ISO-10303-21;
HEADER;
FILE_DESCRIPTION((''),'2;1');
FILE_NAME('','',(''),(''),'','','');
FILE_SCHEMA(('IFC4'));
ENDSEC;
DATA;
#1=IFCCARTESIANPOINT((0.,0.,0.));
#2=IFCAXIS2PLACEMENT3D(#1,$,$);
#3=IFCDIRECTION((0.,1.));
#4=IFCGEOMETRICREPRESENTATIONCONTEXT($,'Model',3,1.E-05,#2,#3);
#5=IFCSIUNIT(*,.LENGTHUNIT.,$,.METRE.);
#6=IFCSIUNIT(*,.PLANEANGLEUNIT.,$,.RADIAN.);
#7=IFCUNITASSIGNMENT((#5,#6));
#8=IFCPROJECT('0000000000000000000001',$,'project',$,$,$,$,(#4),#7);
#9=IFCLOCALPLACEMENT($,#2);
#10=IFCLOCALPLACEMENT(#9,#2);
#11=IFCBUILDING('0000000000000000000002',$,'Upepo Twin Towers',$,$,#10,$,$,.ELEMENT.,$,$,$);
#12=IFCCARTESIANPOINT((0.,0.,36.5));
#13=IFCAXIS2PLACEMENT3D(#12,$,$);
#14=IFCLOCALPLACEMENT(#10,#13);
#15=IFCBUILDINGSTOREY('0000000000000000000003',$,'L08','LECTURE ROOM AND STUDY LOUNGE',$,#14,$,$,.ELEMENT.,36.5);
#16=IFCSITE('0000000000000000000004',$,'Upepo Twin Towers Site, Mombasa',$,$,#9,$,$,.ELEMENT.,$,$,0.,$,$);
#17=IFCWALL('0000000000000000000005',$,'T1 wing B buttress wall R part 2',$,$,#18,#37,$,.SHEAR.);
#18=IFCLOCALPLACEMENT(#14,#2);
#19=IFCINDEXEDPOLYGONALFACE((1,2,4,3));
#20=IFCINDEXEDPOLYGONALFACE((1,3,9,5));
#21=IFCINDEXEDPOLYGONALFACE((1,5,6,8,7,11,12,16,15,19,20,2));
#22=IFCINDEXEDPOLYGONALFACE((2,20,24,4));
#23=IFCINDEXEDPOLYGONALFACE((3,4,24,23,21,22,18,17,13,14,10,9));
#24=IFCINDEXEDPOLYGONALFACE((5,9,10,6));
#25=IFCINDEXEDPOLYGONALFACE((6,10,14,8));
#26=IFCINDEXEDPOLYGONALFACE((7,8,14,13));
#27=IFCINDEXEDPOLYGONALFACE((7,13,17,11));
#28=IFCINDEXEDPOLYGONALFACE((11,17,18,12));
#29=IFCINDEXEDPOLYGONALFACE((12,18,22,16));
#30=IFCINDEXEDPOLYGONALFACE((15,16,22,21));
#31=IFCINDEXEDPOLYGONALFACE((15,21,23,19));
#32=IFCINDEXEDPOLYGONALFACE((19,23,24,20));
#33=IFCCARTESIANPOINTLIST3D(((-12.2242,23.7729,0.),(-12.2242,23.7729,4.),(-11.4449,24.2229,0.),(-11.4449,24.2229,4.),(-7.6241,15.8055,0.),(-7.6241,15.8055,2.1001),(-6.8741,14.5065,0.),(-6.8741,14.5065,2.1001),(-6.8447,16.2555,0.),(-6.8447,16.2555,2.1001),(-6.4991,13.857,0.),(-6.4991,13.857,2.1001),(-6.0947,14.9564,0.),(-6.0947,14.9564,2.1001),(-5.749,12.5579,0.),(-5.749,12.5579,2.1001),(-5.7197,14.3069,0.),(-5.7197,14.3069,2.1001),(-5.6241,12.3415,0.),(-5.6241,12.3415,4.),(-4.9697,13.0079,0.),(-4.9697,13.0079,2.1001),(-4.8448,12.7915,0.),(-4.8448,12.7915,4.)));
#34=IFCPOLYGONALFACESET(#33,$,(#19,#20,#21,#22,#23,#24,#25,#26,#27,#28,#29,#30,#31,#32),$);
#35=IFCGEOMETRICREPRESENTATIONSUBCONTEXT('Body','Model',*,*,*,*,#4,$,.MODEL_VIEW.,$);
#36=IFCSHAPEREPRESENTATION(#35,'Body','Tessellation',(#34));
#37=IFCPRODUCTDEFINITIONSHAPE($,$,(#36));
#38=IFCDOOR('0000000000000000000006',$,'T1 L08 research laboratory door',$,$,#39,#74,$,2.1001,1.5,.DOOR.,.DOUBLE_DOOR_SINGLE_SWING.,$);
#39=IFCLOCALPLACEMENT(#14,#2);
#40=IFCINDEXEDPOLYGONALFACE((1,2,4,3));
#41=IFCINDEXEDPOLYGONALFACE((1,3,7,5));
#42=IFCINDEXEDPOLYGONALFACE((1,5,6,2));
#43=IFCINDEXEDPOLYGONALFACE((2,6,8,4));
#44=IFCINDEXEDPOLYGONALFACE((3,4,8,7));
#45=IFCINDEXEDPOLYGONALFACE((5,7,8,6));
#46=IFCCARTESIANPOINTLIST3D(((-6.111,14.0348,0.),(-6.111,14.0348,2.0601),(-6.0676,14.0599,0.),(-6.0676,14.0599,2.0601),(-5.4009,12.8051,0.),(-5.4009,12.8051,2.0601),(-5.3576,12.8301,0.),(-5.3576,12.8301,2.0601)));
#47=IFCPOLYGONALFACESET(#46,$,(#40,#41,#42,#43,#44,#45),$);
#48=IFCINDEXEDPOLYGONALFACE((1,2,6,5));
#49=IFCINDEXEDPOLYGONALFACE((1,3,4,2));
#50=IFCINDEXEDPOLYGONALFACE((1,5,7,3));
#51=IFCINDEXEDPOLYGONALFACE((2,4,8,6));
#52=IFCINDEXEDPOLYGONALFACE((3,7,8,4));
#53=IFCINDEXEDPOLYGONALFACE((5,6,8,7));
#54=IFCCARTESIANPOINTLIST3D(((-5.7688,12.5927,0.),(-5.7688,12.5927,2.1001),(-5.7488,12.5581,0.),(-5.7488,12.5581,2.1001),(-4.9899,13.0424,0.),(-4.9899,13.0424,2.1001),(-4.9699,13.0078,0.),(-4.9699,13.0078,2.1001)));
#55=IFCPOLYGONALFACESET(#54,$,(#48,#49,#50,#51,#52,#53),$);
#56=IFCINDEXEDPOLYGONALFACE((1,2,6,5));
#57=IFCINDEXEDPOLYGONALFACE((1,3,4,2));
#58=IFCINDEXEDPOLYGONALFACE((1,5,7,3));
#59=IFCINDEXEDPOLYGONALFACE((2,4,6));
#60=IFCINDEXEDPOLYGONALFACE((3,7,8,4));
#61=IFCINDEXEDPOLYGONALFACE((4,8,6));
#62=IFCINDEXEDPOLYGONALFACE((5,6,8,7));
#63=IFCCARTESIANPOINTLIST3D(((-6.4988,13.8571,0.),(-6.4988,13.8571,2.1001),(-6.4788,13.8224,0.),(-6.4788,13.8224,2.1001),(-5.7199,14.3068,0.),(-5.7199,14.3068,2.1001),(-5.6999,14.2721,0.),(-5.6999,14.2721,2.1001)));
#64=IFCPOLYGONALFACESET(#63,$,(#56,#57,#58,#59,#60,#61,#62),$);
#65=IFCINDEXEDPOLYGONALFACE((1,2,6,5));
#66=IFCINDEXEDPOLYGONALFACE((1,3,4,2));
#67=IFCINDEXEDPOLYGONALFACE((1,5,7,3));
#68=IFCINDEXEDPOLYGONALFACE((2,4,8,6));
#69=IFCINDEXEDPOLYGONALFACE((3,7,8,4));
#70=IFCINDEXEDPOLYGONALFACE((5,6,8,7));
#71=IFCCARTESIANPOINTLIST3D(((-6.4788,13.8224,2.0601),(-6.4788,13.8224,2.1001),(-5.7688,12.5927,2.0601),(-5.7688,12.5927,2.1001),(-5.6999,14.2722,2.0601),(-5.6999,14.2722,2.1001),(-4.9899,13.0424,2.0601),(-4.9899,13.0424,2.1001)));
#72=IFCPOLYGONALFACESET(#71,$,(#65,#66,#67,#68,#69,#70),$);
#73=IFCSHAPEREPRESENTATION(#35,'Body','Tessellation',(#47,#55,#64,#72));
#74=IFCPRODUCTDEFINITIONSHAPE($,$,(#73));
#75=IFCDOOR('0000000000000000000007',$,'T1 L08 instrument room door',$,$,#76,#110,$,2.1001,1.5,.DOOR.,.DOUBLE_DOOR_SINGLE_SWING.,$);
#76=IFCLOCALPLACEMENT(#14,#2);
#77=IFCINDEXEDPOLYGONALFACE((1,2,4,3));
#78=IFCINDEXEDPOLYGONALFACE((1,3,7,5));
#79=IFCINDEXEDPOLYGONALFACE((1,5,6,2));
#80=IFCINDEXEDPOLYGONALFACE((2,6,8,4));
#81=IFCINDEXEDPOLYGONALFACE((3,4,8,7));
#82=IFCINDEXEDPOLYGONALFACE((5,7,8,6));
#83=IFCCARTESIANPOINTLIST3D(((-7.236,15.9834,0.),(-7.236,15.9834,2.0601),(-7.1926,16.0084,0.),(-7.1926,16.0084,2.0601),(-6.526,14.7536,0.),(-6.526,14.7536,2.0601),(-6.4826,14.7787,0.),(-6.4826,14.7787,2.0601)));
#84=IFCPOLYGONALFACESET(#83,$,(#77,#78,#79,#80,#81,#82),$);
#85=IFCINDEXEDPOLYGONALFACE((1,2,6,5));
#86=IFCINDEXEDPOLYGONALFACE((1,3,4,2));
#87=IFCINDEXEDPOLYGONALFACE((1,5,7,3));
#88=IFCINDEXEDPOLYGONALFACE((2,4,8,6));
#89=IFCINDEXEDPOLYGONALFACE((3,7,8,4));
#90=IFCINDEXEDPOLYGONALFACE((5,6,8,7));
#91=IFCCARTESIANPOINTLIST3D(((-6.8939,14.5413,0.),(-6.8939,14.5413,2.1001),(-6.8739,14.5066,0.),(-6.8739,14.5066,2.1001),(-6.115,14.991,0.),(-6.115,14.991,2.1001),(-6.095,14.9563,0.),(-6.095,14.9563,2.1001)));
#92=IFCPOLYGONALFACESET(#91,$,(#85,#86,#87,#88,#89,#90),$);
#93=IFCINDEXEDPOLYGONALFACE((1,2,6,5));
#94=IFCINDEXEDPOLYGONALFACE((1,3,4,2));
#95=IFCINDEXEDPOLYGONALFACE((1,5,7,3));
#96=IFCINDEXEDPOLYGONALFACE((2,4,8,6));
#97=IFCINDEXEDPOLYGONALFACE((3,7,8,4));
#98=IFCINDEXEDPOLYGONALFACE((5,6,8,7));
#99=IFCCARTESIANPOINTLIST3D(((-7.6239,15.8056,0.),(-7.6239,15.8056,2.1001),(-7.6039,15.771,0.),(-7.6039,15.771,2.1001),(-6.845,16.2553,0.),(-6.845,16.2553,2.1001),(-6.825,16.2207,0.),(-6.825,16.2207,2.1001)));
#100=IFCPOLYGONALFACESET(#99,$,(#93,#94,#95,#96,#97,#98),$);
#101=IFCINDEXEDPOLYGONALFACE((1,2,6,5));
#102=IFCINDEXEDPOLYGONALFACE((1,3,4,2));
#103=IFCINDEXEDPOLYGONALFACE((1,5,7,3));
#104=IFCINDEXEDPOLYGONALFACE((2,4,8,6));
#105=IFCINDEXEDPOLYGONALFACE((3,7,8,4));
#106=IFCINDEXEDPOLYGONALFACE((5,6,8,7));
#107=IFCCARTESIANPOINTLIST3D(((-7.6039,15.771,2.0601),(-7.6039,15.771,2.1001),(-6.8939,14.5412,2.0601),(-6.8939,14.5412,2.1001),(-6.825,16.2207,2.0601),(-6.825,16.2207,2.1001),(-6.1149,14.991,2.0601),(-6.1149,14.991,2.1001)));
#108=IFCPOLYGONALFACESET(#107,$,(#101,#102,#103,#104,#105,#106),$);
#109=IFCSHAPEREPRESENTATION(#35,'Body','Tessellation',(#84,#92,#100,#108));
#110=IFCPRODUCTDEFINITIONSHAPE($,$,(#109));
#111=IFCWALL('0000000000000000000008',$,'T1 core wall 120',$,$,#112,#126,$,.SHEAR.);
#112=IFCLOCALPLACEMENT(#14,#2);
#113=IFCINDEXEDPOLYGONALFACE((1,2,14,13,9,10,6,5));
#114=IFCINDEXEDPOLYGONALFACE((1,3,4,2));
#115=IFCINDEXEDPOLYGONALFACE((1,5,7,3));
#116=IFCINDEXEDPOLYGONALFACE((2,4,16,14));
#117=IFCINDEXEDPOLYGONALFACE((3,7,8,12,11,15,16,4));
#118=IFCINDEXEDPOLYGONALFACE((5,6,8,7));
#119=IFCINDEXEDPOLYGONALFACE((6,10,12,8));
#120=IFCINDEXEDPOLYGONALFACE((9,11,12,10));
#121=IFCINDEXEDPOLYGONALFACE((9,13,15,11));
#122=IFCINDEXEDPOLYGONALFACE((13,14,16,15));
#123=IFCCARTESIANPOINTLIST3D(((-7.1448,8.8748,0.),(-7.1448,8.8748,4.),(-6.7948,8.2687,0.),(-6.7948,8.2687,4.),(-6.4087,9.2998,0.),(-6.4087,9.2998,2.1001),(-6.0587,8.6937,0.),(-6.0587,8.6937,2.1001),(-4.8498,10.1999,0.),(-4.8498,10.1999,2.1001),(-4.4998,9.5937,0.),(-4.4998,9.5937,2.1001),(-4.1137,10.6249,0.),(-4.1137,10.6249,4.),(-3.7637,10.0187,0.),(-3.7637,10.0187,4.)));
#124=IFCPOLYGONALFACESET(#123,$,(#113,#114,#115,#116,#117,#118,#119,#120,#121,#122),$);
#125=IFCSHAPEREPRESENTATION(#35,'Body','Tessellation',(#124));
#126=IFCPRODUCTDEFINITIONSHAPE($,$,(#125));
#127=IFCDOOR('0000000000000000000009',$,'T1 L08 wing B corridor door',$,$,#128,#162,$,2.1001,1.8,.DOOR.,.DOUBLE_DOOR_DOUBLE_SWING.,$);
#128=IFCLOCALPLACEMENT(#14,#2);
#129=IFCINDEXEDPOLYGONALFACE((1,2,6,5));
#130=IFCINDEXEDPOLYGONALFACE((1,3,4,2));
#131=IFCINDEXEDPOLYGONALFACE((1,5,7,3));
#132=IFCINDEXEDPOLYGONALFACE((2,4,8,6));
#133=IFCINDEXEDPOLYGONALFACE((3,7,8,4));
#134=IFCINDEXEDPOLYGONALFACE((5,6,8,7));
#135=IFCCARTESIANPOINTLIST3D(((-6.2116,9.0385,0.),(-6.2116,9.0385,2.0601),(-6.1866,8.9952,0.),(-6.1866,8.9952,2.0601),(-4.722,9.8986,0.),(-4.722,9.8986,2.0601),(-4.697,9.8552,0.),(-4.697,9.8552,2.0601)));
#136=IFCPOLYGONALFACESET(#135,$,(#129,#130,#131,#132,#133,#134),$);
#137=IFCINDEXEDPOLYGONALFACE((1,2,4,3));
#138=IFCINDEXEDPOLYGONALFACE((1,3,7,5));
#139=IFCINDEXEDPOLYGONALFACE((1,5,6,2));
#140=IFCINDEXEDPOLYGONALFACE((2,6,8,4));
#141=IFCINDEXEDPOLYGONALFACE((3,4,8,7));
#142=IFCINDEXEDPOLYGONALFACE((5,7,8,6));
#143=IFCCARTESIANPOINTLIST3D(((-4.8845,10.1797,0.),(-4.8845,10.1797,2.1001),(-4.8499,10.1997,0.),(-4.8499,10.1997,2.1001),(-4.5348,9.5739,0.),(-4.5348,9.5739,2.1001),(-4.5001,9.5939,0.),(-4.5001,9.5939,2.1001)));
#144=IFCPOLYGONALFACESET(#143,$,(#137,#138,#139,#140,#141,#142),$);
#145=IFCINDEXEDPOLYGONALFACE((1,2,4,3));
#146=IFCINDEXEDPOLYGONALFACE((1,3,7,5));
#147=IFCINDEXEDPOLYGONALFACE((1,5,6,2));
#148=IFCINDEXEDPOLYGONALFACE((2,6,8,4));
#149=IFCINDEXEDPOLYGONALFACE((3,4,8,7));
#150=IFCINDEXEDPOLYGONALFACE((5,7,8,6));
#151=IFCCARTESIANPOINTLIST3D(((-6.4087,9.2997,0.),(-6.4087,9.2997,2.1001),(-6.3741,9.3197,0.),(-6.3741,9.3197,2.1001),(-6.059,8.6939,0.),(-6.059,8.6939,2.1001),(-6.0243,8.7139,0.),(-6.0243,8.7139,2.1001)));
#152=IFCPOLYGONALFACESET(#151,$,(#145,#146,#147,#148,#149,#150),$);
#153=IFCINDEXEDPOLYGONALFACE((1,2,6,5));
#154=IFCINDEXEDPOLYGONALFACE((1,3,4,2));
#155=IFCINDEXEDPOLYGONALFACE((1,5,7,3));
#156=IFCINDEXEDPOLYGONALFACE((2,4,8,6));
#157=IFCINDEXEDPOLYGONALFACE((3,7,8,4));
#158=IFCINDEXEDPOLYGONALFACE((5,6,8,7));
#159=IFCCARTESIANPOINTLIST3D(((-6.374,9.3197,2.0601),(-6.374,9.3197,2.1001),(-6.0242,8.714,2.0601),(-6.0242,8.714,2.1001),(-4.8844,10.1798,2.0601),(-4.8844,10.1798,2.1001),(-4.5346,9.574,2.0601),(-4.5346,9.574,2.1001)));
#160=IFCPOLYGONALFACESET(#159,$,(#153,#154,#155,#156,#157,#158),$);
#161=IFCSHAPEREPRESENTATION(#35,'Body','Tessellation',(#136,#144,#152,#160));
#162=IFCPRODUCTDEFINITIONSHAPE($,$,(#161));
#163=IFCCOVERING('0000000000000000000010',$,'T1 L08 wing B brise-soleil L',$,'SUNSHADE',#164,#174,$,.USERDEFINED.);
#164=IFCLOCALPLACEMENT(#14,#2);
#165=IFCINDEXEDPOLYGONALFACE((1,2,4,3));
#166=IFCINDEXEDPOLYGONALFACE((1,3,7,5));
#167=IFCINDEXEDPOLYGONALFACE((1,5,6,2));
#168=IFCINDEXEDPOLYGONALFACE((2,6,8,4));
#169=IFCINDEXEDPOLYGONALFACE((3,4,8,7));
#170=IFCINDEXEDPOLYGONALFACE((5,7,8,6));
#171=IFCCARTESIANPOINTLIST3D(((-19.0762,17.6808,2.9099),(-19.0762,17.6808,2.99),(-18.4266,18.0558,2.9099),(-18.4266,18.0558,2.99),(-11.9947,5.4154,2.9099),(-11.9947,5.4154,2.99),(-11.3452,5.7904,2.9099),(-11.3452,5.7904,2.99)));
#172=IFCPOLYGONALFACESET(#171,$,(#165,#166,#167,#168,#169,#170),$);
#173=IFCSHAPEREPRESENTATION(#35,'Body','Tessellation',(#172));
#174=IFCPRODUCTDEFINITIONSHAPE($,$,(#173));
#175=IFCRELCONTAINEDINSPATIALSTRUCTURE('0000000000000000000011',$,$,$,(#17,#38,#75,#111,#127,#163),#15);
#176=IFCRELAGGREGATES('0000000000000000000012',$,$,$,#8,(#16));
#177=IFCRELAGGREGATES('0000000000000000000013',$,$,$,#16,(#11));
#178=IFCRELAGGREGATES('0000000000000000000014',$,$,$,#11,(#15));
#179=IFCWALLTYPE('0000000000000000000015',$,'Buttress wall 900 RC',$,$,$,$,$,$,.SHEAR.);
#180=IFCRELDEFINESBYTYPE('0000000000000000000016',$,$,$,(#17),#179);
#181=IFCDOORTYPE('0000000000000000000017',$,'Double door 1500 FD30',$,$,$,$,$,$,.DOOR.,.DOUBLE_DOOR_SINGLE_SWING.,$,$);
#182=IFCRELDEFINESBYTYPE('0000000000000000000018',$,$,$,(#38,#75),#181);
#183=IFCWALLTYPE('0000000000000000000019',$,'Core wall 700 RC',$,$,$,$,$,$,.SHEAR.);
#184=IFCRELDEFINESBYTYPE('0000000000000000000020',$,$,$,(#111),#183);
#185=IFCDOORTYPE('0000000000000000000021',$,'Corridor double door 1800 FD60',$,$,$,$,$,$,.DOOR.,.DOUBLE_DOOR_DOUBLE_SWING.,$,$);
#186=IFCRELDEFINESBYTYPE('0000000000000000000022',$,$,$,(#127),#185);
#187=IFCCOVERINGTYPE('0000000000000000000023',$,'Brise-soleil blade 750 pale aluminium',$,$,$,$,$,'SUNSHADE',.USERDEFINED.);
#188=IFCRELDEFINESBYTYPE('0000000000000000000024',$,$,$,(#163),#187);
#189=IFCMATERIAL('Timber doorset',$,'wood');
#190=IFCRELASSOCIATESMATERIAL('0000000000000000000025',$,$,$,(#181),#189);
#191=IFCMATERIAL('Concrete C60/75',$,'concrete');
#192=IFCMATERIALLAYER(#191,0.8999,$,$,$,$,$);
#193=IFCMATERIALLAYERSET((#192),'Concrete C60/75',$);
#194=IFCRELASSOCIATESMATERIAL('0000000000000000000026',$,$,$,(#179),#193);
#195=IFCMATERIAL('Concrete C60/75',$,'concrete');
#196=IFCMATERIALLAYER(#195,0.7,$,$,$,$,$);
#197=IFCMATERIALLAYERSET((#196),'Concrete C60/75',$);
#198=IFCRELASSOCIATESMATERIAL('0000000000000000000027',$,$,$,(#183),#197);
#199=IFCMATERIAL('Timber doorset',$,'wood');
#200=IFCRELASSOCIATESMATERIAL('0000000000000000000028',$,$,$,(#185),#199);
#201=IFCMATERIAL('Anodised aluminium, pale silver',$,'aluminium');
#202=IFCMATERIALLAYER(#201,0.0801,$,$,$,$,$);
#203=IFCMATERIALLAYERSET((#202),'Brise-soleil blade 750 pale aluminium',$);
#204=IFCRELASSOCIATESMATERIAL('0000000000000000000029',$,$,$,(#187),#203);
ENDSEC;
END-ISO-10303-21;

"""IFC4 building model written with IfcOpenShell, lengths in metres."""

from ifc_helpers import new_model, si_unit, direction, frame, frame_2d, origin, origin_2d, place, context, subcontext, project, spatial, rectangle, extrude, material, layer, layer_set, type_object, element, fill, save


model = new_model("IFC4")

# Units and contexts
model_context = context("Model", 3, precision=1e-05, world=origin(), true_north=direction((0.0, 1.0)))
body_context = subcontext(model_context, "Body", "Model", "MODEL_VIEW")
ifc_project = project(units=[si_unit("LENGTHUNIT", "METRE"), si_unit("PLANEANGLEUNIT", "RADIAN")], contexts=[model_context])

# Site, building, storey
site_placement = place(None, origin())
site = spatial("IfcSite", under=ifc_project, at=site_placement, Name="Upepo Twin Towers Site, Mombasa", CompositionType="ELEMENT", RefElevation=0.0)
building_placement = place(site_placement, origin())
building = spatial("IfcBuilding", under=site, at=building_placement, Name="Upepo Twin Towers", CompositionType="ELEMENT")
storey_placement = place(building_placement, frame((0.0, 0.0, 36.5)))
storey = spatial("IfcBuildingStorey", under=building, at=storey_placement, Name="L08", Description="LECTURE ROOM AND STUDY LOUNGE", CompositionType="ELEMENT", Elevation=36.5)

# Shared definitions
ifc_material_1 = material(Name="Timber doorset", Category="wood")
door_type_1 = type_object("IfcDoorType", Name="Double door 1500 FD30", OperationType="DOUBLE_DOOR_SINGLE_SWING", PredefinedType="DOOR", material=ifc_material_1)

# Wall, openings, doors
ifc_material_2 = material(Name="Concrete C60/75", Category="concrete")
ifc_layer_1 = layer(ifc_material_2, 0.8999)
ifc_layer_set_1 = layer_set([ifc_layer_1], Name="Concrete C60/75")
wall_type_1 = type_object("IfcWallType", Name="Buttress wall 900 RC", PredefinedType="SHEAR", material=ifc_layer_set_1)
wall_1_placement = place(storey_placement, frame((-5.2344, 12.5664, 0.0), z_axis=(0.0, 0.0, 1.0), x_axis=(-0.50001, 0.86602, 0.0)))
wall_1 = element("IfcWall", 1, at=wall_1_placement, inside=storey, type_object=wall_type_1, Name="T1 wing B buttress wall R part 2", PredefinedType="SHEAR", context=body_context, shape_type="SweptSolid", body=[
    extrude(rectangle(XDim=13.2, YDim=0.8999, at=frame_2d((6.6001, 0.0))), origin(), (0.0, 0.0, 1.0), 4.0),
])
opening_1_placement = place(wall_1_placement, frame((0.25, 0.0, 0.0)))
opening_1 = element("IfcOpeningElement", 2, at=opening_1_placement, cuts=wall_1, PredefinedType="OPENING", context=body_context, shape_type="SweptSolid", body=[
    extrude(rectangle(XDim=1.5, YDim=2.1001, at=frame_2d((0.75, 1.05))), frame((0.0, 0.46, 0.0), z_axis=(0.0, -1.0, 0.0), x_axis=(1.0, 0.0, 0.0)), (0.0, 0.0, 1.0), 0.9199),
])
opening_2_placement = place(wall_1_placement, frame((2.5, 0.0, 0.0)))
opening_2 = element("IfcOpeningElement", 3, at=opening_2_placement, cuts=wall_1, PredefinedType="OPENING", context=body_context, shape_type="SweptSolid", body=[
    extrude(rectangle(XDim=1.5, YDim=2.1001, at=frame_2d((0.75, 1.05))), frame((0.0, 0.46, 0.0), z_axis=(0.0, -1.0, 0.0), x_axis=(1.0, 0.0, 0.0)), (0.0, 0.0, 1.0), 0.9199),
])
door_1_placement = place(opening_1_placement, origin())
door_1 = element("IfcDoor", 4, at=door_1_placement, inside=storey, type_object=door_type_1, Name="T1 L08 research laboratory door", OperationType="DOUBLE_DOOR_SINGLE_SWING", OverallHeight=2.1001, OverallWidth=1.5, PredefinedType="DOOR", context=body_context, shape_type="SweptSolid", body=[
    extrude(rectangle(XDim=1.42, YDim=2.0601, at=frame_2d((0.75, 1.03))), frame((0.0, 0.0249, 0.0), z_axis=(0.0, -1.0, 0.0), x_axis=(1.0, 0.0, 0.0)), (0.0, 0.0, 1.0), 0.05),
    extrude(rectangle(XDim=0.04, YDim=2.1001, at=frame_2d((0.02, 1.05))), frame((0.0, 0.4497, 0.0), z_axis=(0.0, -1.0, 0.0), x_axis=(1.0, 0.0, 0.0)), (0.0, 0.0, 1.0), 0.8994),
    extrude(rectangle(XDim=0.04, YDim=2.1001, at=frame_2d((1.48, 1.05))), frame((0.0, 0.4497, 0.0), z_axis=(0.0, -1.0, 0.0), x_axis=(1.0, 0.0, 0.0)), (0.0, 0.0, 1.0), 0.8994),
    extrude(rectangle(XDim=1.42, YDim=0.04, at=frame_2d((0.75, 2.0801))), frame((0.0, 0.4497, 0.0), z_axis=(0.0, -1.0, 0.0), x_axis=(1.0, 0.0, 0.0)), (0.0, 0.0, 1.0), 0.8994),
])
fill(opening_1, door_1)
door_2_placement = place(opening_2_placement, origin())
door_2 = element("IfcDoor", 5, at=door_2_placement, inside=storey, type_object=door_type_1, Name="T1 L08 instrument room door", OperationType="DOUBLE_DOOR_SINGLE_SWING", OverallHeight=2.1001, OverallWidth=1.5, PredefinedType="DOOR", context=body_context, shape_type="SweptSolid", body=[
    extrude(rectangle(XDim=1.42, YDim=2.0601, at=frame_2d((0.75, 1.03))), frame((0.0, 0.0249, 0.0), z_axis=(0.0, -1.0, 0.0), x_axis=(1.0, 0.0, 0.0)), (0.0, 0.0, 1.0), 0.05),
    extrude(rectangle(XDim=0.04, YDim=2.1001, at=frame_2d((0.02, 1.05))), frame((0.0, 0.4497, 0.0), z_axis=(0.0, -1.0, 0.0), x_axis=(1.0, 0.0, 0.0)), (0.0, 0.0, 1.0), 0.8994),
    extrude(rectangle(XDim=0.04, YDim=2.1001, at=frame_2d((1.48, 1.05))), frame((0.0, 0.4497, 0.0), z_axis=(0.0, -1.0, 0.0), x_axis=(1.0, 0.0, 0.0)), (0.0, 0.0, 1.0), 0.8994),
    extrude(rectangle(XDim=1.42, YDim=0.04, at=frame_2d((0.75, 2.0801))), frame((0.0, 0.4497, 0.0), z_axis=(0.0, -1.0, 0.0), x_axis=(1.0, 0.0, 0.0)), (0.0, 0.0, 1.0), 0.8994),
])
fill(opening_2, door_2)

# Wall, opening, door
ifc_material_3 = material(Name="Concrete C60/75", Category="concrete")
ifc_layer_2 = layer(ifc_material_3, 0.7)
ifc_layer_set_2 = layer_set([ifc_layer_2], Name="Concrete C60/75")
wall_type_2 = type_object("IfcWallType", Name="Core wall 700 RC", PredefinedType="SHEAR", material=ifc_layer_set_2)
wall_2_placement = place(storey_placement, frame((-3.9387, 10.3218, 0.0), z_axis=(0.0, 0.0, 1.0), x_axis=(-0.866019, -0.50001, 0.0)))
wall_2 = element("IfcWall", 6, at=wall_2_placement, inside=storey, type_object=wall_type_2, Name="T1 core wall 120", PredefinedType="SHEAR", context=body_context, shape_type="SweptSolid", body=[
    extrude(rectangle(XDim=3.5, YDim=0.7, at=frame_2d((1.75, 0.0))), origin(), (0.0, 0.0, 1.0), 4.0),
])
opening_3_placement = place(wall_2_placement, frame((0.8501, 0.0, 0.0)))
opening_3 = element("IfcOpeningElement", 7, at=opening_3_placement, cuts=wall_2, PredefinedType="OPENING", context=body_context, shape_type="SweptSolid", body=[
    extrude(rectangle(XDim=1.8, YDim=2.1001, at=frame_2d((0.8999, 1.05))), frame((0.0, 0.3599, 0.0), z_axis=(0.0, -1.0, 0.0), x_axis=(1.0, 0.0, 0.0)), (0.0, 0.0, 1.0), 0.72),
])
ifc_material_4 = material(Name="Timber doorset", Category="wood")
door_type_2 = type_object("IfcDoorType", Name="Corridor double door 1800 FD60", OperationType="DOUBLE_DOOR_DOUBLE_SWING", PredefinedType="DOOR", material=ifc_material_4)
door_3_placement = place(opening_3_placement, origin())
door_3 = element("IfcDoor", 8, at=door_3_placement, inside=storey, type_object=door_type_2, Name="T1 L08 wing B corridor door", OperationType="DOUBLE_DOOR_DOUBLE_SWING", OverallHeight=2.1001, OverallWidth=1.8, PredefinedType="DOOR", context=body_context, shape_type="SweptSolid", body=[
    extrude(rectangle(XDim=1.72, YDim=2.0601, at=frame_2d((0.8999, 1.03))), frame((0.0, 0.0249, 0.0), z_axis=(0.0, -1.0, 0.0), x_axis=(1.0, 0.0, 0.0)), (0.0, 0.0, 1.0), 0.05),
    extrude(rectangle(XDim=0.04, YDim=2.1001, at=frame_2d((0.02, 1.05))), frame((0.0, 0.3496, 0.0), z_axis=(0.0, -1.0, 0.0), x_axis=(1.0, 0.0, 0.0)), (0.0, 0.0, 1.0), 0.6995),
    extrude(rectangle(XDim=0.04, YDim=2.1001, at=frame_2d((1.78, 1.05))), frame((0.0, 0.3496, 0.0), z_axis=(0.0, -1.0, 0.0), x_axis=(1.0, 0.0, 0.0)), (0.0, 0.0, 1.0), 0.6995),
    extrude(rectangle(XDim=1.72, YDim=0.04, at=frame_2d((0.8999, 2.0801))), frame((0.0, 0.3496, 0.0), z_axis=(0.0, -1.0, 0.0), x_axis=(1.0, 0.0, 0.0)), (0.0, 0.0, 1.0), 0.6995),
])
fill(opening_3, door_3)

# Covering
ifc_material_5 = material(Name="Anodised aluminium, pale silver", Category="aluminium")
ifc_layer_3 = layer(ifc_material_5, 0.0801)
ifc_layer_set_3 = layer_set([ifc_layer_3], Name="Brise-soleil blade 750 pale aluminium")
covering_type = type_object("IfcCoveringType", Name="Brise-soleil blade 750 pale aluminium", ElementType="SUNSHADE", PredefinedType="USERDEFINED", material=ifc_layer_set_3)
covering_placement = place(storey_placement, frame((-15.2107, 11.7356, 2.9099), z_axis=(0.0, 0.0, 1.0), x_axis=(-0.5, 0.866025, 0.0)))
element("IfcCovering", 9, at=covering_placement, inside=storey, type_object=covering_type, Name="T1 L08 wing B brise-soleil L", ObjectType="SUNSHADE", PredefinedType="USERDEFINED", context=body_context, shape_type="SweptSolid", body=[
    extrude(rectangle(XDim=14.1628, YDim=0.75, at=origin_2d()), origin(), (0.0, 0.0, 1.0), 0.0801),
])

save(model, "model.ifc")
